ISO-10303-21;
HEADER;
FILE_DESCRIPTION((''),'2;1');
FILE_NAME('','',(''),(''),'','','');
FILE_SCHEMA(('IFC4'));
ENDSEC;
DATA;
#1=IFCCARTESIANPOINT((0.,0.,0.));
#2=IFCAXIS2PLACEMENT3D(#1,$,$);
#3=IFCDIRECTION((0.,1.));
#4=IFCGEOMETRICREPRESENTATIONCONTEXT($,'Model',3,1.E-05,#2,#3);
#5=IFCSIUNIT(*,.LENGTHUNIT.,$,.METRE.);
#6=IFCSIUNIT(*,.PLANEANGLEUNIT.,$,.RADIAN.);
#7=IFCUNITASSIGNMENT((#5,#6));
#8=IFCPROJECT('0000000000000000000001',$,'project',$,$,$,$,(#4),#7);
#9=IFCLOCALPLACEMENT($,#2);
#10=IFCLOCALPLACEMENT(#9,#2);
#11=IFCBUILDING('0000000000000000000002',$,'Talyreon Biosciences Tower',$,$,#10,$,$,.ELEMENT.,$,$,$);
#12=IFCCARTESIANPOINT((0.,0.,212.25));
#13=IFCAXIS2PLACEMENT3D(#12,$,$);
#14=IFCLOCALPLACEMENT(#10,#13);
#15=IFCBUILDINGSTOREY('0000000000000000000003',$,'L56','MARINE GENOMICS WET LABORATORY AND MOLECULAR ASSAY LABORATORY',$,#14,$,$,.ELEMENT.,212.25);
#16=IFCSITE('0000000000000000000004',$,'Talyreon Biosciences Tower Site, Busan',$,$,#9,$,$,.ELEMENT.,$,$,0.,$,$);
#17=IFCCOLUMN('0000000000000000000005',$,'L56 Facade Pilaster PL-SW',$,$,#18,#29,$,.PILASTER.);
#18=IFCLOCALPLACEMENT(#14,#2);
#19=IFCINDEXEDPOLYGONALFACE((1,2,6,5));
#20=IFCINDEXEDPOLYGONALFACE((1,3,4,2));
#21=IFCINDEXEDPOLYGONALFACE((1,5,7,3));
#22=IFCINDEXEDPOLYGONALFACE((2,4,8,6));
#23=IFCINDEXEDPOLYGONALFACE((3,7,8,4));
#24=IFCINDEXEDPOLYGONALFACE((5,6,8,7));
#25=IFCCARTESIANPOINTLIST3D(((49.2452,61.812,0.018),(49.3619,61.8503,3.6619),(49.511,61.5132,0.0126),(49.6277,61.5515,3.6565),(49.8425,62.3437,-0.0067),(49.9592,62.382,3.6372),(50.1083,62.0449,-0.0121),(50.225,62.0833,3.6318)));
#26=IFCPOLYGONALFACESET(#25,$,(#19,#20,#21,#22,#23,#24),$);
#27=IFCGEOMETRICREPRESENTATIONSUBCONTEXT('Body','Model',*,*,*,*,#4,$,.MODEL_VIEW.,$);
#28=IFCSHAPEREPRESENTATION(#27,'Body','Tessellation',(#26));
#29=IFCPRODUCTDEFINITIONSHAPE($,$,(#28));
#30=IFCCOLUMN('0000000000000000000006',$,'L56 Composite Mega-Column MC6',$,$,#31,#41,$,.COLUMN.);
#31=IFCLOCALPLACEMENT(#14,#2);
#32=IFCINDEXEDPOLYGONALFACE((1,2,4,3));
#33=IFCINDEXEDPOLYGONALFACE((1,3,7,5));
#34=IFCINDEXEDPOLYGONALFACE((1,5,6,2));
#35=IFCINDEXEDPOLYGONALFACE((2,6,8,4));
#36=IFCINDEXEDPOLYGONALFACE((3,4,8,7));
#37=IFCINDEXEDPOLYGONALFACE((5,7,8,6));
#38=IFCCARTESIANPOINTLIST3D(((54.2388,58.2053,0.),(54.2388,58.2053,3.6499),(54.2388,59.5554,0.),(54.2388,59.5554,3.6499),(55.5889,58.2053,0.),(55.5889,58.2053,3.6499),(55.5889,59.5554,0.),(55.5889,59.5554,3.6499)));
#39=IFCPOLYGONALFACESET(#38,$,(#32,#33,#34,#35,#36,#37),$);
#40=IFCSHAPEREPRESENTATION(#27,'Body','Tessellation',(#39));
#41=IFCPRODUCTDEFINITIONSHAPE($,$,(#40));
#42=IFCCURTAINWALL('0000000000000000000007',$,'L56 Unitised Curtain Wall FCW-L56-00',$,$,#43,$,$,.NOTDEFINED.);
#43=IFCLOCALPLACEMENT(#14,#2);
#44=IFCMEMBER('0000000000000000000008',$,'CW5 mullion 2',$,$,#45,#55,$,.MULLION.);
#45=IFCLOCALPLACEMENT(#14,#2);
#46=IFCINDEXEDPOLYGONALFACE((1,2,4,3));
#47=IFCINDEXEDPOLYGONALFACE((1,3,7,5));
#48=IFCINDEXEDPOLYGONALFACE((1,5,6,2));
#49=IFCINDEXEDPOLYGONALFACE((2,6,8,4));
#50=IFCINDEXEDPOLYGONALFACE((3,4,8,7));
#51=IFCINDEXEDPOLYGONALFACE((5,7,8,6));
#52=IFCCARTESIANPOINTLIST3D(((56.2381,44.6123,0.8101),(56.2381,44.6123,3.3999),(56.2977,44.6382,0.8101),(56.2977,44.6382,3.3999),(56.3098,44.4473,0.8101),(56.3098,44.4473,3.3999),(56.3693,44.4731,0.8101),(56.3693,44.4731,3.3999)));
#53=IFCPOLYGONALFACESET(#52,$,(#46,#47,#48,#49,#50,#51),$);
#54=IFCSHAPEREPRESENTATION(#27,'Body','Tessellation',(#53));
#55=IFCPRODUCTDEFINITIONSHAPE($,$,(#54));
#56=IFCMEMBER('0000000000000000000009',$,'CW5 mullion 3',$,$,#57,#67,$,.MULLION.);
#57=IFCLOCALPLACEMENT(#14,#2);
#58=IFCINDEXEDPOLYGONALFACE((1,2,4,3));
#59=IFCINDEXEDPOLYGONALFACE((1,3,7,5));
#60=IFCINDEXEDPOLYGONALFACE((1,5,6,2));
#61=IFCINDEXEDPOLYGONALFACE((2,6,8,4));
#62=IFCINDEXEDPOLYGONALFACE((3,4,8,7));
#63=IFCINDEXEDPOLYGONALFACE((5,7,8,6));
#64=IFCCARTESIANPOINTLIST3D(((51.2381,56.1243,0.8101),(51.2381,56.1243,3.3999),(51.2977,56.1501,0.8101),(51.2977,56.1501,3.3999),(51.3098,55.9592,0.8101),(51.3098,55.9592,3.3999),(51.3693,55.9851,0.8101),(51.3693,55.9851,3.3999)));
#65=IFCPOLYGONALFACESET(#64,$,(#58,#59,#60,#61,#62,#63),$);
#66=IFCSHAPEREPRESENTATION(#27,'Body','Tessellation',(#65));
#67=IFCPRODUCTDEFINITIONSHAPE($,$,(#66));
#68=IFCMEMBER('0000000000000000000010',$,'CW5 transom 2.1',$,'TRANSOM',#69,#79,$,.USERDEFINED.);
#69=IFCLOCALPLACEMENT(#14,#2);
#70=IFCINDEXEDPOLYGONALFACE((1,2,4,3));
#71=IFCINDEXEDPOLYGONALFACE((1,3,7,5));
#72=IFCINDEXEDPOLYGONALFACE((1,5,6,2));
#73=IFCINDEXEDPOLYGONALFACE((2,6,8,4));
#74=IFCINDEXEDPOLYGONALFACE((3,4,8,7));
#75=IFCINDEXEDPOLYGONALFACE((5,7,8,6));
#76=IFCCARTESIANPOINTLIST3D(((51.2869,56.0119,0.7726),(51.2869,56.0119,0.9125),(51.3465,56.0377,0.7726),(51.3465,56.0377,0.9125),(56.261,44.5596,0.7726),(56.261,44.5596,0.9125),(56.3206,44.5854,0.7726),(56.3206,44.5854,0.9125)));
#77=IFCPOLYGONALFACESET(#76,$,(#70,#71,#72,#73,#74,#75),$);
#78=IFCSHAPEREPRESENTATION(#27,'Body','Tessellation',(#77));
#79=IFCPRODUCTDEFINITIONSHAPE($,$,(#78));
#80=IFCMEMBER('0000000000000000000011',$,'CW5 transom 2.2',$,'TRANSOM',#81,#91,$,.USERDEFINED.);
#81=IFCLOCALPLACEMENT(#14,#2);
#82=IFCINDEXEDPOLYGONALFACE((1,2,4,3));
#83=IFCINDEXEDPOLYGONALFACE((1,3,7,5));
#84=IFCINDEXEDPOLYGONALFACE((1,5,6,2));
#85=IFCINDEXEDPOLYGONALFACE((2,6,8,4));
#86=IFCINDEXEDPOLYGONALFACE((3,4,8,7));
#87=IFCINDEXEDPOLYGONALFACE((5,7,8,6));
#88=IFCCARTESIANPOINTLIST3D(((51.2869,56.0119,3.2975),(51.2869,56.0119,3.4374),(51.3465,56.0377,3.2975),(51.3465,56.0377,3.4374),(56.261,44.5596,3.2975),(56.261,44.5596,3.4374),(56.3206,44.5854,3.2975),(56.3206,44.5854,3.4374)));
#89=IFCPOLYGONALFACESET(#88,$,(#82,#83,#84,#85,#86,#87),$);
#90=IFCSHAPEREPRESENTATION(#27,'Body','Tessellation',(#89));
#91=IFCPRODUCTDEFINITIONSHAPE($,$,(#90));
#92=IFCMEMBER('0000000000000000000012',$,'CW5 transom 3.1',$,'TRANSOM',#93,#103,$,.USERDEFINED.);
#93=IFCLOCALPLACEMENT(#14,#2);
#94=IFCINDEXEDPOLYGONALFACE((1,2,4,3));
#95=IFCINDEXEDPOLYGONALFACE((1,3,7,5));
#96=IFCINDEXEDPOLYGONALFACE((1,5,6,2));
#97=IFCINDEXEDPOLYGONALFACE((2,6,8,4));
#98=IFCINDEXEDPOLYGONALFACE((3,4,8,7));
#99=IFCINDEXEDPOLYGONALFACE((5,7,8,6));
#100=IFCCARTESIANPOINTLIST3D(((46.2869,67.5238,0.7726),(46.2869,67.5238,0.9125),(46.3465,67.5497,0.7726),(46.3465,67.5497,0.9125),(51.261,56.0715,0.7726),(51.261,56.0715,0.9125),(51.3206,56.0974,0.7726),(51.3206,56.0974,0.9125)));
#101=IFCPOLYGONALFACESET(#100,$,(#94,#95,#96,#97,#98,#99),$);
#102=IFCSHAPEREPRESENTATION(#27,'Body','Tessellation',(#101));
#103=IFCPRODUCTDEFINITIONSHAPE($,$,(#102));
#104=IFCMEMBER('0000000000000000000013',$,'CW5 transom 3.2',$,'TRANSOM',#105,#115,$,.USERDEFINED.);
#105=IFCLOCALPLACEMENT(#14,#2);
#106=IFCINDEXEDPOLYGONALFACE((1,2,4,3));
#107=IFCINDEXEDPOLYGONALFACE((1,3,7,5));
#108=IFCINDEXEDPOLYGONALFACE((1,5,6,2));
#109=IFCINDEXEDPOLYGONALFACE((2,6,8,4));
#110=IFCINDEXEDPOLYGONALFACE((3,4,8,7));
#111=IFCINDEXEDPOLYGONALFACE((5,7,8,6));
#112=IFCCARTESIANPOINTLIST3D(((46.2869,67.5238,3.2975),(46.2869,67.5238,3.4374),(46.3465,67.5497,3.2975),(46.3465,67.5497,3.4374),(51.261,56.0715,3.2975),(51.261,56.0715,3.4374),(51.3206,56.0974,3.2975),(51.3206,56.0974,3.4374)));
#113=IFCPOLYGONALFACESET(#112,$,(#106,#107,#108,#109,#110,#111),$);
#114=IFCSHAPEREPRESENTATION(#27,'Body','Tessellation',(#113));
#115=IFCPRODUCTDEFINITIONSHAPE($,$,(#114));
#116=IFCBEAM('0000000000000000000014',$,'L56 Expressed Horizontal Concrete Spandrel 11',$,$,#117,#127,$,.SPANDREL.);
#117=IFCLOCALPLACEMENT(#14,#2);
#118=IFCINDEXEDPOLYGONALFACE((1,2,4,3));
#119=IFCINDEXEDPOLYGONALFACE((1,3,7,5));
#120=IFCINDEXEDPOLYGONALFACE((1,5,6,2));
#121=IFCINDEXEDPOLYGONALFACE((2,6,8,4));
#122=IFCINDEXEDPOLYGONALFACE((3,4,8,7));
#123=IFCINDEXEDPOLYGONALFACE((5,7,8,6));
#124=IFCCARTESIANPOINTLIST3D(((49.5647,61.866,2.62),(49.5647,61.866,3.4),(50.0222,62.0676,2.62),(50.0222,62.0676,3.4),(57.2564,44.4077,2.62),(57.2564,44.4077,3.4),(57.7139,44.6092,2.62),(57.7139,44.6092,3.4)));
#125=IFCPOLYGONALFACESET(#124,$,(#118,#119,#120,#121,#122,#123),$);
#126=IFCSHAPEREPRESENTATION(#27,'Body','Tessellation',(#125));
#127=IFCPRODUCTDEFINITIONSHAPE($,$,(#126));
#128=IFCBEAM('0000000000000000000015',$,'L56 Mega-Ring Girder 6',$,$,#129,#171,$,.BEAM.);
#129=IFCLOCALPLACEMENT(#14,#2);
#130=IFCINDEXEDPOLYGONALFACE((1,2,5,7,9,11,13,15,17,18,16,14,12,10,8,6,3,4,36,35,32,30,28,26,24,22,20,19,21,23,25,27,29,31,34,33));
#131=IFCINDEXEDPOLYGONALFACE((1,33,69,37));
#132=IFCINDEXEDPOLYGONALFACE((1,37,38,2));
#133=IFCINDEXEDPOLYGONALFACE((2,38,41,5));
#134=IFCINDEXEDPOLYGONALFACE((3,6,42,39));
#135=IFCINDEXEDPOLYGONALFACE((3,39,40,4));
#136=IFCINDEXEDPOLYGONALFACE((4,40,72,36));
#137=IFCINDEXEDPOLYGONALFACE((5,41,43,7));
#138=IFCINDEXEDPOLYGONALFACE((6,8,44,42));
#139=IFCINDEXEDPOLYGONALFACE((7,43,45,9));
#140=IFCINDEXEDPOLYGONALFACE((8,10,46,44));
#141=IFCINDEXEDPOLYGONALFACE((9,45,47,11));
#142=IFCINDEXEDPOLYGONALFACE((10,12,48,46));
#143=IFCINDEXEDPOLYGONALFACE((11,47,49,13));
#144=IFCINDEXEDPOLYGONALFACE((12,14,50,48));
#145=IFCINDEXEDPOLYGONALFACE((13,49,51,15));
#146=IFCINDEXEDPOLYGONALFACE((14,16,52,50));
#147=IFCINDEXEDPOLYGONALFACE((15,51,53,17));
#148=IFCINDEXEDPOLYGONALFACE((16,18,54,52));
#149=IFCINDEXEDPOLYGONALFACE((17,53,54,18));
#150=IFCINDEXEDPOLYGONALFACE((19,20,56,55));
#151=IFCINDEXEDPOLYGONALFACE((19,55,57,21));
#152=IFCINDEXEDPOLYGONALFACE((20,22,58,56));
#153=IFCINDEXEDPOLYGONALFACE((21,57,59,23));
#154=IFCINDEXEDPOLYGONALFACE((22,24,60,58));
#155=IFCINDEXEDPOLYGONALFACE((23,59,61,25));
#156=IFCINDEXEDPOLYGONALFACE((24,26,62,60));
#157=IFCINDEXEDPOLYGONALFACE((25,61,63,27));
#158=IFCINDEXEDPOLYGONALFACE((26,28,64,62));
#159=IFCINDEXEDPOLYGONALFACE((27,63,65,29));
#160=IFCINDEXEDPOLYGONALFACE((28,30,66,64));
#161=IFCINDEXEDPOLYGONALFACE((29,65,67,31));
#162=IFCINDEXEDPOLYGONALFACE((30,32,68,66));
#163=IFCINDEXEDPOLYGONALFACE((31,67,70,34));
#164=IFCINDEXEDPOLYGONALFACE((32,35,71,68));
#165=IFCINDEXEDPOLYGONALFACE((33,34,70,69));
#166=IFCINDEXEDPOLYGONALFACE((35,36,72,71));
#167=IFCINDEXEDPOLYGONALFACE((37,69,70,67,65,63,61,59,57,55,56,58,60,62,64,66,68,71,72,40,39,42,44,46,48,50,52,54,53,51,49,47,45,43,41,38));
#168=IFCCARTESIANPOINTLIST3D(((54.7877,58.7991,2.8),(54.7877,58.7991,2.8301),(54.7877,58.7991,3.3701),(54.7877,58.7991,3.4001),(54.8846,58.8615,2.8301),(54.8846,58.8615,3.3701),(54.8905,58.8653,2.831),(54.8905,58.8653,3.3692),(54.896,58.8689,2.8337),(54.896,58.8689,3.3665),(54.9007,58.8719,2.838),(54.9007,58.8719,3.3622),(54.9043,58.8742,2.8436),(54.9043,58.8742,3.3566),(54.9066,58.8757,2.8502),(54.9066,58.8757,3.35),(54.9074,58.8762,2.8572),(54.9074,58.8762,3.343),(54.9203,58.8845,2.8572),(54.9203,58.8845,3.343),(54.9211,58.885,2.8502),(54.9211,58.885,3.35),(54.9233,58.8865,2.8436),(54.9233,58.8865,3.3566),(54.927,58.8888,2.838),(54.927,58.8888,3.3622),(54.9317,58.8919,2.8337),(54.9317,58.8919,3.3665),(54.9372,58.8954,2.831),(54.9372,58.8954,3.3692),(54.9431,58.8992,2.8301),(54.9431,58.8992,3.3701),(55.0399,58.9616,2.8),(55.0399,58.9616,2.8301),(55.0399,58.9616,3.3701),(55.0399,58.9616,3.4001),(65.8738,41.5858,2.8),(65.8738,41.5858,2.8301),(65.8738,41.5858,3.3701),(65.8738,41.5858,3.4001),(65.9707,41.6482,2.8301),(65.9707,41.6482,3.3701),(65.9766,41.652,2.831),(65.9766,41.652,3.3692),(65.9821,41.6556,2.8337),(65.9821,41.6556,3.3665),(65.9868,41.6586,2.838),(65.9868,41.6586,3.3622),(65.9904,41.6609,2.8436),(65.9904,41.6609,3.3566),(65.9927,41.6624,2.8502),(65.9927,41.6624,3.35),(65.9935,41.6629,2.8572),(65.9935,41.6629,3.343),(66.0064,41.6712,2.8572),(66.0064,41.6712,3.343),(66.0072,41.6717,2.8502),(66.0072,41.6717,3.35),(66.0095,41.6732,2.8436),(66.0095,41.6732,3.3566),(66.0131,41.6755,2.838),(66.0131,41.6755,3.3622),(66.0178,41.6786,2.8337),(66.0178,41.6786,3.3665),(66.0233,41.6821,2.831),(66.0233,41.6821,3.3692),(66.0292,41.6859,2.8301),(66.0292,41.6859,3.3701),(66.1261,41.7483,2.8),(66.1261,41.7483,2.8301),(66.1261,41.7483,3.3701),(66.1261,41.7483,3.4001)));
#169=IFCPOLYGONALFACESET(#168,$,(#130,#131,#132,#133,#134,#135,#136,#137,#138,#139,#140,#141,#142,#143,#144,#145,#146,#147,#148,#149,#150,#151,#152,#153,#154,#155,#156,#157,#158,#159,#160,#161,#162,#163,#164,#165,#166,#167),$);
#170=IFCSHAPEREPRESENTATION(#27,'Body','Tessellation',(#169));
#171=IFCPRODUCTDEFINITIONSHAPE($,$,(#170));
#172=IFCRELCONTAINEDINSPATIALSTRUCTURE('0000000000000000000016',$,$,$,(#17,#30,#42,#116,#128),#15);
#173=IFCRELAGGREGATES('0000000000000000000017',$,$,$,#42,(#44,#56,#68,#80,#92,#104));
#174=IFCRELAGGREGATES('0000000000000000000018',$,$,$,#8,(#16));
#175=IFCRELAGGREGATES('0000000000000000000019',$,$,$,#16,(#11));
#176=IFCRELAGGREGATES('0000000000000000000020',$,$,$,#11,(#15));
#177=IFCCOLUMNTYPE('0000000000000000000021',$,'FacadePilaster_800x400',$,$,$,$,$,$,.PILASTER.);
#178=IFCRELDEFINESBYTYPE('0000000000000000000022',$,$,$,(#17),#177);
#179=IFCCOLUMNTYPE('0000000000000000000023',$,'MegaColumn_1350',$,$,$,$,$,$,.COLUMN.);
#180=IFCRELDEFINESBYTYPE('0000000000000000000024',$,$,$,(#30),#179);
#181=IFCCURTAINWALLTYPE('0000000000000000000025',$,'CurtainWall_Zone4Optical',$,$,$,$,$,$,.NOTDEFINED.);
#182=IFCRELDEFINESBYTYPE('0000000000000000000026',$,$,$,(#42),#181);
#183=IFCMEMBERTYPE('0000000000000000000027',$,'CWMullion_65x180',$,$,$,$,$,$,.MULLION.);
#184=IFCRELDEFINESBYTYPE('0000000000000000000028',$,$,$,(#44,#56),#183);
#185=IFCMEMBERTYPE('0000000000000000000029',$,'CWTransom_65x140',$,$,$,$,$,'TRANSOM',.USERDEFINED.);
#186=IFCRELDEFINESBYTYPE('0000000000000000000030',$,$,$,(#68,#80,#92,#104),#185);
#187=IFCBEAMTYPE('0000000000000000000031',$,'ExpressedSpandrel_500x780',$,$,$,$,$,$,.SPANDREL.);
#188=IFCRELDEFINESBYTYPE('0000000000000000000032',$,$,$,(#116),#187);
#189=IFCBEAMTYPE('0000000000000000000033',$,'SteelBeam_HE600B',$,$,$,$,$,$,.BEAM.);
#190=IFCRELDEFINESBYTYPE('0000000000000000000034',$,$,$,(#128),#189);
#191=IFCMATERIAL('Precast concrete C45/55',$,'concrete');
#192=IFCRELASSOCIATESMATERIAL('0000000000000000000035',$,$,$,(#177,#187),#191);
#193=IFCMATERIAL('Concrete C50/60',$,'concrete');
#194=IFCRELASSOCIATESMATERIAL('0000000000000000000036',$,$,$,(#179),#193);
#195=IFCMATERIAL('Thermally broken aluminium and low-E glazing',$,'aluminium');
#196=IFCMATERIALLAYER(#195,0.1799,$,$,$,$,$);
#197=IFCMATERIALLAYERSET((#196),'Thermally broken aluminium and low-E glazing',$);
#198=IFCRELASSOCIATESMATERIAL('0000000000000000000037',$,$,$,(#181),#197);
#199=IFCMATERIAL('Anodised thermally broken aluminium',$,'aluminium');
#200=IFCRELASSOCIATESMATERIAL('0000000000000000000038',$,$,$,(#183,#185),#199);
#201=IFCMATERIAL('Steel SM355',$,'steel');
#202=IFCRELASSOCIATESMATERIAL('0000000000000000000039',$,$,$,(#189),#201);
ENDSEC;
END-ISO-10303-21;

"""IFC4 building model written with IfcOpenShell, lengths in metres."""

from ifc_helpers import new_model, si_unit, direction, frame, origin, origin_2d, place, context, subcontext, project, spatial, rectangle, i_section, extrude, material, layer, layer_set, material_profile, profile_set, type_object, element, aggregate, save


model = new_model("IFC4")

# Units and contexts
model_context = context("Model", 3, precision=1e-05, world=origin(), true_north=direction((0.0, 1.0)))
body_context = subcontext(model_context, "Body", "Model", "MODEL_VIEW")
ifc_project = project(units=[si_unit("LENGTHUNIT", "METRE"), si_unit("PLANEANGLEUNIT", "RADIAN")], contexts=[model_context])

# Site, building, storey
site_placement = place(None, origin())
site = spatial("IfcSite", under=ifc_project, at=site_placement, Name="Talyreon Biosciences Tower Site, Busan", CompositionType="ELEMENT", RefElevation=0.0)
building_placement = place(site_placement, origin())
building = spatial("IfcBuilding", under=site, at=building_placement, Name="Talyreon Biosciences Tower", CompositionType="ELEMENT")
storey_placement = place(building_placement, frame((0.0, 0.0, 212.25)))
storey = spatial("IfcBuildingStorey", under=building, at=storey_placement, Name="L56", Description="MARINE GENOMICS WET LABORATORY AND MOLECULAR ASSAY LABORATORY", CompositionType="ELEMENT", Elevation=212.25)

# Columns
ifc_material_1 = material(Name="Precast concrete C45/55", Category="concrete")
ifc_material_profile_1 = material_profile(ifc_material_1, rectangle(XDim=0.8, YDim=0.3999, at=origin_2d()), Name="RC 800x400")
ifc_profile_set_1 = profile_set([ifc_material_profile_1], Name="Precast concrete C45/55")
column_type_1 = type_object("IfcColumnType", Name="FacadePilaster_800x400", PredefinedType="PILASTER", material=ifc_profile_set_1)
column_1_placement = place(storey_placement, frame((49.6768, 61.9285, 0.0029), z_axis=(0.032006, 0.010513, 0.999432), x_axis=(0.746551, 0.66461, -0.030899)))
element("IfcColumn", 1, at=column_1_placement, inside=storey, type_object=column_type_1, Name="L56 Facade Pilaster PL-SW", PredefinedType="PILASTER", context=body_context, shape_type="SweptSolid", body=[
    extrude(rectangle(XDim=0.8, YDim=0.3999, at=origin_2d()), origin(), (0.0, 0.0, 1.0), 3.646),
])
ifc_material_2 = material(Name="Concrete C50/60", Category="concrete")
ifc_material_profile_2 = material_profile(ifc_material_2, rectangle(XDim=1.3501, YDim=1.3501, at=origin_2d()), Name="RC 1350x1350")
ifc_profile_set_2 = profile_set([ifc_material_profile_2], Name="Concrete C50/60")
column_type_2 = type_object("IfcColumnType", Name="MegaColumn_1350", PredefinedType="COLUMN", material=ifc_profile_set_2)
column_2_placement = place(storey_placement, frame((54.9138, 58.8804, 0.0), z_axis=(0.0, 0.0, 1.0), x_axis=(1.0, 0.0, 0.0)))
element("IfcColumn", 2, at=column_2_placement, inside=storey, type_object=column_type_2, Name="L56 Composite Mega-Column MC6", PredefinedType="COLUMN", context=body_context, shape_type="SweptSolid", body=[
    extrude(rectangle(XDim=1.3501, YDim=1.3501, at=origin_2d()), origin(), (0.0, 0.0, 1.0), 3.6499),
])

# Curtain wall, members
ifc_material_3 = material(Name="Thermally broken aluminium and low-E glazing", Category="aluminium")
ifc_layer_1 = layer(ifc_material_3, 0.1799)
ifc_layer_set_1 = layer_set([ifc_layer_1], Name="Thermally broken aluminium and low-E glazing")
curtain_wall_type = type_object("IfcCurtainWallType", Name="CurtainWall_Zone4Optical", PredefinedType="NOTDEFINED", material=ifc_layer_set_1)
curtain_wall_placement = place(storey_placement, origin())
curtain_wall = element("IfcCurtainWall", 3, at=curtain_wall_placement, inside=storey, type_object=curtain_wall_type, Name="L56 Unitised Curtain Wall FCW-L56-00", PredefinedType="NOTDEFINED")
ifc_material_4 = material(Name="Anodised thermally broken aluminium", Category="aluminium")
ifc_material_profile_3 = material_profile(ifc_material_4, rectangle(XDim=0.0649, YDim=0.1799, at=origin_2d()), Name="ALUM MULLION 65x180")
ifc_profile_set_3 = profile_set([ifc_material_profile_3], Name="Anodised thermally broken aluminium")
member_type_1 = type_object("IfcMemberType", Name="CWMullion_65x180", PredefinedType="MULLION", material=ifc_profile_set_3)
member_1_placement = place(storey_placement, frame((56.3037, 44.5427, 0.8101), z_axis=(0.0, 0.0, 1.0), x_axis=(-0.917222, -0.398376, 0.0)))
member_1 = element("IfcMember", 4, at=member_1_placement, type_object=member_type_1, Name="CW5 mullion 2", PredefinedType="MULLION", context=body_context, shape_type="SweptSolid", body=[
    extrude(rectangle(XDim=0.0649, YDim=0.1799, at=origin_2d()), origin(), (0.0, 0.0, 1.0), 2.5898),
])
member_2_placement = place(storey_placement, frame((51.3037, 56.0547, 0.8101), z_axis=(0.0, 0.0, 1.0), x_axis=(-0.917222, -0.398376, 0.0)))
member_2 = element("IfcMember", 5, at=member_2_placement, type_object=member_type_1, Name="CW5 mullion 3", PredefinedType="MULLION", context=body_context, shape_type="SweptSolid", body=[
    extrude(rectangle(XDim=0.0649, YDim=0.1799, at=origin_2d()), origin(), (0.0, 0.0, 1.0), 2.5898),
])
ifc_material_profile_4 = material_profile(ifc_material_4, rectangle(XDim=0.0649, YDim=0.1399, at=origin_2d()), Name="ALUM TRANSOM 65x140")
ifc_profile_set_4 = profile_set([ifc_material_profile_4], Name="Anodised thermally broken aluminium")
member_type_2 = type_object("IfcMemberType", Name="CWTransom_65x140", ElementType="TRANSOM", PredefinedType="USERDEFINED", material=ifc_profile_set_4)
member_3_placement = place(storey_placement, frame((56.2908, 44.5725, 0.8425), z_axis=(-0.398377, 0.917222, 0.0), x_axis=(-0.917222, -0.398377, 0.0)))
member_3 = element("IfcMember", 6, at=member_3_placement, type_object=member_type_2, Name="CW5 transom 2.1", ObjectType="TRANSOM", PredefinedType="USERDEFINED", context=body_context, shape_type="SweptSolid", body=[
    extrude(rectangle(XDim=0.0649, YDim=0.1399, at=origin_2d()), origin(), (0.0, 0.0, 1.0), 12.4858),
])
member_4_placement = place(storey_placement, frame((56.2908, 44.5725, 3.3674), z_axis=(-0.398377, 0.917222, 0.0), x_axis=(-0.917222, -0.398377, 0.0)))
member_4 = element("IfcMember", 7, at=member_4_placement, type_object=member_type_2, Name="CW5 transom 2.2", ObjectType="TRANSOM", PredefinedType="USERDEFINED", context=body_context, shape_type="SweptSolid", body=[
    extrude(rectangle(XDim=0.0649, YDim=0.1399, at=origin_2d()), origin(), (0.0, 0.0, 1.0), 12.4858),
])
member_5_placement = place(storey_placement, frame((51.2908, 56.0845, 0.8425), z_axis=(-0.398377, 0.917222, 0.0), x_axis=(-0.917222, -0.398377, 0.0)))
member_5 = element("IfcMember", 8, at=member_5_placement, type_object=member_type_2, Name="CW5 transom 3.1", ObjectType="TRANSOM", PredefinedType="USERDEFINED", context=body_context, shape_type="SweptSolid", body=[
    extrude(rectangle(XDim=0.0649, YDim=0.1399, at=origin_2d()), origin(), (0.0, 0.0, 1.0), 12.4858),
])
member_6_placement = place(storey_placement, frame((51.2908, 56.0845, 3.3674), z_axis=(-0.398377, 0.917222, 0.0), x_axis=(-0.917222, -0.398377, 0.0)))
member_6 = element("IfcMember", 9, at=member_6_placement, type_object=member_type_2, Name="CW5 transom 3.2", ObjectType="TRANSOM", PredefinedType="USERDEFINED", context=body_context, shape_type="SweptSolid", body=[
    extrude(rectangle(XDim=0.0649, YDim=0.1399, at=origin_2d()), origin(), (0.0, 0.0, 1.0), 12.4858),
])

# Beams
ifc_material_profile_5 = material_profile(ifc_material_1, rectangle(XDim=0.5, YDim=0.78, at=origin_2d()), Name="RCB 500x780")
ifc_profile_set_5 = profile_set([ifc_material_profile_5], Name="Precast concrete C45/55")
beam_type_1 = type_object("IfcBeamType", Name="ExpressedSpandrel_500x780", PredefinedType="SPANDREL", material=ifc_profile_set_5)
beam_1_placement = place(storey_placement, frame((49.7935, 61.9668, 3.01), z_axis=(0.403179, -0.915121, 0.0), x_axis=(0.915121, 0.403179, 0.0)))
element("IfcBeam", 10, at=beam_1_placement, inside=storey, type_object=beam_type_1, Name="L56 Expressed Horizontal Concrete Spandrel 11", PredefinedType="SPANDREL", context=body_context, shape_type="SweptSolid", body=[
    extrude(rectangle(XDim=0.5, YDim=0.78, at=origin_2d()), origin(), (0.0, 0.0, 1.0), 19.0776),
])
ifc_material_5 = material(Name="Steel SM355", Category="steel")
ifc_material_profile_6 = material_profile(ifc_material_5, i_section(OverallWidth=0.3, OverallDepth=0.6001, WebThickness=0.0154, FlangeThickness=0.03, FilletRadius=0.0271, at=origin_2d()), Name="HE600B")
ifc_profile_set_6 = profile_set([ifc_material_profile_6], Name="Steel SM355")
beam_type_2 = type_object("IfcBeamType", Name="SteelBeam_HE600B", PredefinedType="BEAM", material=ifc_profile_set_6)
beam_2_placement = place(storey_placement, frame((54.9138, 58.8804, 3.1001), z_axis=(0.541464, -0.840724, 0.0), x_axis=(0.840724, 0.541464, 0.0)))
element("IfcBeam", 11, at=beam_2_placement, inside=storey, type_object=beam_type_2, Name="L56 Mega-Ring Girder 6", PredefinedType="BEAM", context=body_context, shape_type="SweptSolid", body=[
    extrude(i_section(OverallWidth=0.3, OverallDepth=0.6001, WebThickness=0.0154, FlangeThickness=0.03, FilletRadius=0.0271, at=origin_2d()), origin(), (0.0, 0.0, 1.0), 20.4744),
])

aggregate(curtain_wall, [member_1, member_2, member_3, member_4, member_5, member_6])

save(model, "model.ifc")
